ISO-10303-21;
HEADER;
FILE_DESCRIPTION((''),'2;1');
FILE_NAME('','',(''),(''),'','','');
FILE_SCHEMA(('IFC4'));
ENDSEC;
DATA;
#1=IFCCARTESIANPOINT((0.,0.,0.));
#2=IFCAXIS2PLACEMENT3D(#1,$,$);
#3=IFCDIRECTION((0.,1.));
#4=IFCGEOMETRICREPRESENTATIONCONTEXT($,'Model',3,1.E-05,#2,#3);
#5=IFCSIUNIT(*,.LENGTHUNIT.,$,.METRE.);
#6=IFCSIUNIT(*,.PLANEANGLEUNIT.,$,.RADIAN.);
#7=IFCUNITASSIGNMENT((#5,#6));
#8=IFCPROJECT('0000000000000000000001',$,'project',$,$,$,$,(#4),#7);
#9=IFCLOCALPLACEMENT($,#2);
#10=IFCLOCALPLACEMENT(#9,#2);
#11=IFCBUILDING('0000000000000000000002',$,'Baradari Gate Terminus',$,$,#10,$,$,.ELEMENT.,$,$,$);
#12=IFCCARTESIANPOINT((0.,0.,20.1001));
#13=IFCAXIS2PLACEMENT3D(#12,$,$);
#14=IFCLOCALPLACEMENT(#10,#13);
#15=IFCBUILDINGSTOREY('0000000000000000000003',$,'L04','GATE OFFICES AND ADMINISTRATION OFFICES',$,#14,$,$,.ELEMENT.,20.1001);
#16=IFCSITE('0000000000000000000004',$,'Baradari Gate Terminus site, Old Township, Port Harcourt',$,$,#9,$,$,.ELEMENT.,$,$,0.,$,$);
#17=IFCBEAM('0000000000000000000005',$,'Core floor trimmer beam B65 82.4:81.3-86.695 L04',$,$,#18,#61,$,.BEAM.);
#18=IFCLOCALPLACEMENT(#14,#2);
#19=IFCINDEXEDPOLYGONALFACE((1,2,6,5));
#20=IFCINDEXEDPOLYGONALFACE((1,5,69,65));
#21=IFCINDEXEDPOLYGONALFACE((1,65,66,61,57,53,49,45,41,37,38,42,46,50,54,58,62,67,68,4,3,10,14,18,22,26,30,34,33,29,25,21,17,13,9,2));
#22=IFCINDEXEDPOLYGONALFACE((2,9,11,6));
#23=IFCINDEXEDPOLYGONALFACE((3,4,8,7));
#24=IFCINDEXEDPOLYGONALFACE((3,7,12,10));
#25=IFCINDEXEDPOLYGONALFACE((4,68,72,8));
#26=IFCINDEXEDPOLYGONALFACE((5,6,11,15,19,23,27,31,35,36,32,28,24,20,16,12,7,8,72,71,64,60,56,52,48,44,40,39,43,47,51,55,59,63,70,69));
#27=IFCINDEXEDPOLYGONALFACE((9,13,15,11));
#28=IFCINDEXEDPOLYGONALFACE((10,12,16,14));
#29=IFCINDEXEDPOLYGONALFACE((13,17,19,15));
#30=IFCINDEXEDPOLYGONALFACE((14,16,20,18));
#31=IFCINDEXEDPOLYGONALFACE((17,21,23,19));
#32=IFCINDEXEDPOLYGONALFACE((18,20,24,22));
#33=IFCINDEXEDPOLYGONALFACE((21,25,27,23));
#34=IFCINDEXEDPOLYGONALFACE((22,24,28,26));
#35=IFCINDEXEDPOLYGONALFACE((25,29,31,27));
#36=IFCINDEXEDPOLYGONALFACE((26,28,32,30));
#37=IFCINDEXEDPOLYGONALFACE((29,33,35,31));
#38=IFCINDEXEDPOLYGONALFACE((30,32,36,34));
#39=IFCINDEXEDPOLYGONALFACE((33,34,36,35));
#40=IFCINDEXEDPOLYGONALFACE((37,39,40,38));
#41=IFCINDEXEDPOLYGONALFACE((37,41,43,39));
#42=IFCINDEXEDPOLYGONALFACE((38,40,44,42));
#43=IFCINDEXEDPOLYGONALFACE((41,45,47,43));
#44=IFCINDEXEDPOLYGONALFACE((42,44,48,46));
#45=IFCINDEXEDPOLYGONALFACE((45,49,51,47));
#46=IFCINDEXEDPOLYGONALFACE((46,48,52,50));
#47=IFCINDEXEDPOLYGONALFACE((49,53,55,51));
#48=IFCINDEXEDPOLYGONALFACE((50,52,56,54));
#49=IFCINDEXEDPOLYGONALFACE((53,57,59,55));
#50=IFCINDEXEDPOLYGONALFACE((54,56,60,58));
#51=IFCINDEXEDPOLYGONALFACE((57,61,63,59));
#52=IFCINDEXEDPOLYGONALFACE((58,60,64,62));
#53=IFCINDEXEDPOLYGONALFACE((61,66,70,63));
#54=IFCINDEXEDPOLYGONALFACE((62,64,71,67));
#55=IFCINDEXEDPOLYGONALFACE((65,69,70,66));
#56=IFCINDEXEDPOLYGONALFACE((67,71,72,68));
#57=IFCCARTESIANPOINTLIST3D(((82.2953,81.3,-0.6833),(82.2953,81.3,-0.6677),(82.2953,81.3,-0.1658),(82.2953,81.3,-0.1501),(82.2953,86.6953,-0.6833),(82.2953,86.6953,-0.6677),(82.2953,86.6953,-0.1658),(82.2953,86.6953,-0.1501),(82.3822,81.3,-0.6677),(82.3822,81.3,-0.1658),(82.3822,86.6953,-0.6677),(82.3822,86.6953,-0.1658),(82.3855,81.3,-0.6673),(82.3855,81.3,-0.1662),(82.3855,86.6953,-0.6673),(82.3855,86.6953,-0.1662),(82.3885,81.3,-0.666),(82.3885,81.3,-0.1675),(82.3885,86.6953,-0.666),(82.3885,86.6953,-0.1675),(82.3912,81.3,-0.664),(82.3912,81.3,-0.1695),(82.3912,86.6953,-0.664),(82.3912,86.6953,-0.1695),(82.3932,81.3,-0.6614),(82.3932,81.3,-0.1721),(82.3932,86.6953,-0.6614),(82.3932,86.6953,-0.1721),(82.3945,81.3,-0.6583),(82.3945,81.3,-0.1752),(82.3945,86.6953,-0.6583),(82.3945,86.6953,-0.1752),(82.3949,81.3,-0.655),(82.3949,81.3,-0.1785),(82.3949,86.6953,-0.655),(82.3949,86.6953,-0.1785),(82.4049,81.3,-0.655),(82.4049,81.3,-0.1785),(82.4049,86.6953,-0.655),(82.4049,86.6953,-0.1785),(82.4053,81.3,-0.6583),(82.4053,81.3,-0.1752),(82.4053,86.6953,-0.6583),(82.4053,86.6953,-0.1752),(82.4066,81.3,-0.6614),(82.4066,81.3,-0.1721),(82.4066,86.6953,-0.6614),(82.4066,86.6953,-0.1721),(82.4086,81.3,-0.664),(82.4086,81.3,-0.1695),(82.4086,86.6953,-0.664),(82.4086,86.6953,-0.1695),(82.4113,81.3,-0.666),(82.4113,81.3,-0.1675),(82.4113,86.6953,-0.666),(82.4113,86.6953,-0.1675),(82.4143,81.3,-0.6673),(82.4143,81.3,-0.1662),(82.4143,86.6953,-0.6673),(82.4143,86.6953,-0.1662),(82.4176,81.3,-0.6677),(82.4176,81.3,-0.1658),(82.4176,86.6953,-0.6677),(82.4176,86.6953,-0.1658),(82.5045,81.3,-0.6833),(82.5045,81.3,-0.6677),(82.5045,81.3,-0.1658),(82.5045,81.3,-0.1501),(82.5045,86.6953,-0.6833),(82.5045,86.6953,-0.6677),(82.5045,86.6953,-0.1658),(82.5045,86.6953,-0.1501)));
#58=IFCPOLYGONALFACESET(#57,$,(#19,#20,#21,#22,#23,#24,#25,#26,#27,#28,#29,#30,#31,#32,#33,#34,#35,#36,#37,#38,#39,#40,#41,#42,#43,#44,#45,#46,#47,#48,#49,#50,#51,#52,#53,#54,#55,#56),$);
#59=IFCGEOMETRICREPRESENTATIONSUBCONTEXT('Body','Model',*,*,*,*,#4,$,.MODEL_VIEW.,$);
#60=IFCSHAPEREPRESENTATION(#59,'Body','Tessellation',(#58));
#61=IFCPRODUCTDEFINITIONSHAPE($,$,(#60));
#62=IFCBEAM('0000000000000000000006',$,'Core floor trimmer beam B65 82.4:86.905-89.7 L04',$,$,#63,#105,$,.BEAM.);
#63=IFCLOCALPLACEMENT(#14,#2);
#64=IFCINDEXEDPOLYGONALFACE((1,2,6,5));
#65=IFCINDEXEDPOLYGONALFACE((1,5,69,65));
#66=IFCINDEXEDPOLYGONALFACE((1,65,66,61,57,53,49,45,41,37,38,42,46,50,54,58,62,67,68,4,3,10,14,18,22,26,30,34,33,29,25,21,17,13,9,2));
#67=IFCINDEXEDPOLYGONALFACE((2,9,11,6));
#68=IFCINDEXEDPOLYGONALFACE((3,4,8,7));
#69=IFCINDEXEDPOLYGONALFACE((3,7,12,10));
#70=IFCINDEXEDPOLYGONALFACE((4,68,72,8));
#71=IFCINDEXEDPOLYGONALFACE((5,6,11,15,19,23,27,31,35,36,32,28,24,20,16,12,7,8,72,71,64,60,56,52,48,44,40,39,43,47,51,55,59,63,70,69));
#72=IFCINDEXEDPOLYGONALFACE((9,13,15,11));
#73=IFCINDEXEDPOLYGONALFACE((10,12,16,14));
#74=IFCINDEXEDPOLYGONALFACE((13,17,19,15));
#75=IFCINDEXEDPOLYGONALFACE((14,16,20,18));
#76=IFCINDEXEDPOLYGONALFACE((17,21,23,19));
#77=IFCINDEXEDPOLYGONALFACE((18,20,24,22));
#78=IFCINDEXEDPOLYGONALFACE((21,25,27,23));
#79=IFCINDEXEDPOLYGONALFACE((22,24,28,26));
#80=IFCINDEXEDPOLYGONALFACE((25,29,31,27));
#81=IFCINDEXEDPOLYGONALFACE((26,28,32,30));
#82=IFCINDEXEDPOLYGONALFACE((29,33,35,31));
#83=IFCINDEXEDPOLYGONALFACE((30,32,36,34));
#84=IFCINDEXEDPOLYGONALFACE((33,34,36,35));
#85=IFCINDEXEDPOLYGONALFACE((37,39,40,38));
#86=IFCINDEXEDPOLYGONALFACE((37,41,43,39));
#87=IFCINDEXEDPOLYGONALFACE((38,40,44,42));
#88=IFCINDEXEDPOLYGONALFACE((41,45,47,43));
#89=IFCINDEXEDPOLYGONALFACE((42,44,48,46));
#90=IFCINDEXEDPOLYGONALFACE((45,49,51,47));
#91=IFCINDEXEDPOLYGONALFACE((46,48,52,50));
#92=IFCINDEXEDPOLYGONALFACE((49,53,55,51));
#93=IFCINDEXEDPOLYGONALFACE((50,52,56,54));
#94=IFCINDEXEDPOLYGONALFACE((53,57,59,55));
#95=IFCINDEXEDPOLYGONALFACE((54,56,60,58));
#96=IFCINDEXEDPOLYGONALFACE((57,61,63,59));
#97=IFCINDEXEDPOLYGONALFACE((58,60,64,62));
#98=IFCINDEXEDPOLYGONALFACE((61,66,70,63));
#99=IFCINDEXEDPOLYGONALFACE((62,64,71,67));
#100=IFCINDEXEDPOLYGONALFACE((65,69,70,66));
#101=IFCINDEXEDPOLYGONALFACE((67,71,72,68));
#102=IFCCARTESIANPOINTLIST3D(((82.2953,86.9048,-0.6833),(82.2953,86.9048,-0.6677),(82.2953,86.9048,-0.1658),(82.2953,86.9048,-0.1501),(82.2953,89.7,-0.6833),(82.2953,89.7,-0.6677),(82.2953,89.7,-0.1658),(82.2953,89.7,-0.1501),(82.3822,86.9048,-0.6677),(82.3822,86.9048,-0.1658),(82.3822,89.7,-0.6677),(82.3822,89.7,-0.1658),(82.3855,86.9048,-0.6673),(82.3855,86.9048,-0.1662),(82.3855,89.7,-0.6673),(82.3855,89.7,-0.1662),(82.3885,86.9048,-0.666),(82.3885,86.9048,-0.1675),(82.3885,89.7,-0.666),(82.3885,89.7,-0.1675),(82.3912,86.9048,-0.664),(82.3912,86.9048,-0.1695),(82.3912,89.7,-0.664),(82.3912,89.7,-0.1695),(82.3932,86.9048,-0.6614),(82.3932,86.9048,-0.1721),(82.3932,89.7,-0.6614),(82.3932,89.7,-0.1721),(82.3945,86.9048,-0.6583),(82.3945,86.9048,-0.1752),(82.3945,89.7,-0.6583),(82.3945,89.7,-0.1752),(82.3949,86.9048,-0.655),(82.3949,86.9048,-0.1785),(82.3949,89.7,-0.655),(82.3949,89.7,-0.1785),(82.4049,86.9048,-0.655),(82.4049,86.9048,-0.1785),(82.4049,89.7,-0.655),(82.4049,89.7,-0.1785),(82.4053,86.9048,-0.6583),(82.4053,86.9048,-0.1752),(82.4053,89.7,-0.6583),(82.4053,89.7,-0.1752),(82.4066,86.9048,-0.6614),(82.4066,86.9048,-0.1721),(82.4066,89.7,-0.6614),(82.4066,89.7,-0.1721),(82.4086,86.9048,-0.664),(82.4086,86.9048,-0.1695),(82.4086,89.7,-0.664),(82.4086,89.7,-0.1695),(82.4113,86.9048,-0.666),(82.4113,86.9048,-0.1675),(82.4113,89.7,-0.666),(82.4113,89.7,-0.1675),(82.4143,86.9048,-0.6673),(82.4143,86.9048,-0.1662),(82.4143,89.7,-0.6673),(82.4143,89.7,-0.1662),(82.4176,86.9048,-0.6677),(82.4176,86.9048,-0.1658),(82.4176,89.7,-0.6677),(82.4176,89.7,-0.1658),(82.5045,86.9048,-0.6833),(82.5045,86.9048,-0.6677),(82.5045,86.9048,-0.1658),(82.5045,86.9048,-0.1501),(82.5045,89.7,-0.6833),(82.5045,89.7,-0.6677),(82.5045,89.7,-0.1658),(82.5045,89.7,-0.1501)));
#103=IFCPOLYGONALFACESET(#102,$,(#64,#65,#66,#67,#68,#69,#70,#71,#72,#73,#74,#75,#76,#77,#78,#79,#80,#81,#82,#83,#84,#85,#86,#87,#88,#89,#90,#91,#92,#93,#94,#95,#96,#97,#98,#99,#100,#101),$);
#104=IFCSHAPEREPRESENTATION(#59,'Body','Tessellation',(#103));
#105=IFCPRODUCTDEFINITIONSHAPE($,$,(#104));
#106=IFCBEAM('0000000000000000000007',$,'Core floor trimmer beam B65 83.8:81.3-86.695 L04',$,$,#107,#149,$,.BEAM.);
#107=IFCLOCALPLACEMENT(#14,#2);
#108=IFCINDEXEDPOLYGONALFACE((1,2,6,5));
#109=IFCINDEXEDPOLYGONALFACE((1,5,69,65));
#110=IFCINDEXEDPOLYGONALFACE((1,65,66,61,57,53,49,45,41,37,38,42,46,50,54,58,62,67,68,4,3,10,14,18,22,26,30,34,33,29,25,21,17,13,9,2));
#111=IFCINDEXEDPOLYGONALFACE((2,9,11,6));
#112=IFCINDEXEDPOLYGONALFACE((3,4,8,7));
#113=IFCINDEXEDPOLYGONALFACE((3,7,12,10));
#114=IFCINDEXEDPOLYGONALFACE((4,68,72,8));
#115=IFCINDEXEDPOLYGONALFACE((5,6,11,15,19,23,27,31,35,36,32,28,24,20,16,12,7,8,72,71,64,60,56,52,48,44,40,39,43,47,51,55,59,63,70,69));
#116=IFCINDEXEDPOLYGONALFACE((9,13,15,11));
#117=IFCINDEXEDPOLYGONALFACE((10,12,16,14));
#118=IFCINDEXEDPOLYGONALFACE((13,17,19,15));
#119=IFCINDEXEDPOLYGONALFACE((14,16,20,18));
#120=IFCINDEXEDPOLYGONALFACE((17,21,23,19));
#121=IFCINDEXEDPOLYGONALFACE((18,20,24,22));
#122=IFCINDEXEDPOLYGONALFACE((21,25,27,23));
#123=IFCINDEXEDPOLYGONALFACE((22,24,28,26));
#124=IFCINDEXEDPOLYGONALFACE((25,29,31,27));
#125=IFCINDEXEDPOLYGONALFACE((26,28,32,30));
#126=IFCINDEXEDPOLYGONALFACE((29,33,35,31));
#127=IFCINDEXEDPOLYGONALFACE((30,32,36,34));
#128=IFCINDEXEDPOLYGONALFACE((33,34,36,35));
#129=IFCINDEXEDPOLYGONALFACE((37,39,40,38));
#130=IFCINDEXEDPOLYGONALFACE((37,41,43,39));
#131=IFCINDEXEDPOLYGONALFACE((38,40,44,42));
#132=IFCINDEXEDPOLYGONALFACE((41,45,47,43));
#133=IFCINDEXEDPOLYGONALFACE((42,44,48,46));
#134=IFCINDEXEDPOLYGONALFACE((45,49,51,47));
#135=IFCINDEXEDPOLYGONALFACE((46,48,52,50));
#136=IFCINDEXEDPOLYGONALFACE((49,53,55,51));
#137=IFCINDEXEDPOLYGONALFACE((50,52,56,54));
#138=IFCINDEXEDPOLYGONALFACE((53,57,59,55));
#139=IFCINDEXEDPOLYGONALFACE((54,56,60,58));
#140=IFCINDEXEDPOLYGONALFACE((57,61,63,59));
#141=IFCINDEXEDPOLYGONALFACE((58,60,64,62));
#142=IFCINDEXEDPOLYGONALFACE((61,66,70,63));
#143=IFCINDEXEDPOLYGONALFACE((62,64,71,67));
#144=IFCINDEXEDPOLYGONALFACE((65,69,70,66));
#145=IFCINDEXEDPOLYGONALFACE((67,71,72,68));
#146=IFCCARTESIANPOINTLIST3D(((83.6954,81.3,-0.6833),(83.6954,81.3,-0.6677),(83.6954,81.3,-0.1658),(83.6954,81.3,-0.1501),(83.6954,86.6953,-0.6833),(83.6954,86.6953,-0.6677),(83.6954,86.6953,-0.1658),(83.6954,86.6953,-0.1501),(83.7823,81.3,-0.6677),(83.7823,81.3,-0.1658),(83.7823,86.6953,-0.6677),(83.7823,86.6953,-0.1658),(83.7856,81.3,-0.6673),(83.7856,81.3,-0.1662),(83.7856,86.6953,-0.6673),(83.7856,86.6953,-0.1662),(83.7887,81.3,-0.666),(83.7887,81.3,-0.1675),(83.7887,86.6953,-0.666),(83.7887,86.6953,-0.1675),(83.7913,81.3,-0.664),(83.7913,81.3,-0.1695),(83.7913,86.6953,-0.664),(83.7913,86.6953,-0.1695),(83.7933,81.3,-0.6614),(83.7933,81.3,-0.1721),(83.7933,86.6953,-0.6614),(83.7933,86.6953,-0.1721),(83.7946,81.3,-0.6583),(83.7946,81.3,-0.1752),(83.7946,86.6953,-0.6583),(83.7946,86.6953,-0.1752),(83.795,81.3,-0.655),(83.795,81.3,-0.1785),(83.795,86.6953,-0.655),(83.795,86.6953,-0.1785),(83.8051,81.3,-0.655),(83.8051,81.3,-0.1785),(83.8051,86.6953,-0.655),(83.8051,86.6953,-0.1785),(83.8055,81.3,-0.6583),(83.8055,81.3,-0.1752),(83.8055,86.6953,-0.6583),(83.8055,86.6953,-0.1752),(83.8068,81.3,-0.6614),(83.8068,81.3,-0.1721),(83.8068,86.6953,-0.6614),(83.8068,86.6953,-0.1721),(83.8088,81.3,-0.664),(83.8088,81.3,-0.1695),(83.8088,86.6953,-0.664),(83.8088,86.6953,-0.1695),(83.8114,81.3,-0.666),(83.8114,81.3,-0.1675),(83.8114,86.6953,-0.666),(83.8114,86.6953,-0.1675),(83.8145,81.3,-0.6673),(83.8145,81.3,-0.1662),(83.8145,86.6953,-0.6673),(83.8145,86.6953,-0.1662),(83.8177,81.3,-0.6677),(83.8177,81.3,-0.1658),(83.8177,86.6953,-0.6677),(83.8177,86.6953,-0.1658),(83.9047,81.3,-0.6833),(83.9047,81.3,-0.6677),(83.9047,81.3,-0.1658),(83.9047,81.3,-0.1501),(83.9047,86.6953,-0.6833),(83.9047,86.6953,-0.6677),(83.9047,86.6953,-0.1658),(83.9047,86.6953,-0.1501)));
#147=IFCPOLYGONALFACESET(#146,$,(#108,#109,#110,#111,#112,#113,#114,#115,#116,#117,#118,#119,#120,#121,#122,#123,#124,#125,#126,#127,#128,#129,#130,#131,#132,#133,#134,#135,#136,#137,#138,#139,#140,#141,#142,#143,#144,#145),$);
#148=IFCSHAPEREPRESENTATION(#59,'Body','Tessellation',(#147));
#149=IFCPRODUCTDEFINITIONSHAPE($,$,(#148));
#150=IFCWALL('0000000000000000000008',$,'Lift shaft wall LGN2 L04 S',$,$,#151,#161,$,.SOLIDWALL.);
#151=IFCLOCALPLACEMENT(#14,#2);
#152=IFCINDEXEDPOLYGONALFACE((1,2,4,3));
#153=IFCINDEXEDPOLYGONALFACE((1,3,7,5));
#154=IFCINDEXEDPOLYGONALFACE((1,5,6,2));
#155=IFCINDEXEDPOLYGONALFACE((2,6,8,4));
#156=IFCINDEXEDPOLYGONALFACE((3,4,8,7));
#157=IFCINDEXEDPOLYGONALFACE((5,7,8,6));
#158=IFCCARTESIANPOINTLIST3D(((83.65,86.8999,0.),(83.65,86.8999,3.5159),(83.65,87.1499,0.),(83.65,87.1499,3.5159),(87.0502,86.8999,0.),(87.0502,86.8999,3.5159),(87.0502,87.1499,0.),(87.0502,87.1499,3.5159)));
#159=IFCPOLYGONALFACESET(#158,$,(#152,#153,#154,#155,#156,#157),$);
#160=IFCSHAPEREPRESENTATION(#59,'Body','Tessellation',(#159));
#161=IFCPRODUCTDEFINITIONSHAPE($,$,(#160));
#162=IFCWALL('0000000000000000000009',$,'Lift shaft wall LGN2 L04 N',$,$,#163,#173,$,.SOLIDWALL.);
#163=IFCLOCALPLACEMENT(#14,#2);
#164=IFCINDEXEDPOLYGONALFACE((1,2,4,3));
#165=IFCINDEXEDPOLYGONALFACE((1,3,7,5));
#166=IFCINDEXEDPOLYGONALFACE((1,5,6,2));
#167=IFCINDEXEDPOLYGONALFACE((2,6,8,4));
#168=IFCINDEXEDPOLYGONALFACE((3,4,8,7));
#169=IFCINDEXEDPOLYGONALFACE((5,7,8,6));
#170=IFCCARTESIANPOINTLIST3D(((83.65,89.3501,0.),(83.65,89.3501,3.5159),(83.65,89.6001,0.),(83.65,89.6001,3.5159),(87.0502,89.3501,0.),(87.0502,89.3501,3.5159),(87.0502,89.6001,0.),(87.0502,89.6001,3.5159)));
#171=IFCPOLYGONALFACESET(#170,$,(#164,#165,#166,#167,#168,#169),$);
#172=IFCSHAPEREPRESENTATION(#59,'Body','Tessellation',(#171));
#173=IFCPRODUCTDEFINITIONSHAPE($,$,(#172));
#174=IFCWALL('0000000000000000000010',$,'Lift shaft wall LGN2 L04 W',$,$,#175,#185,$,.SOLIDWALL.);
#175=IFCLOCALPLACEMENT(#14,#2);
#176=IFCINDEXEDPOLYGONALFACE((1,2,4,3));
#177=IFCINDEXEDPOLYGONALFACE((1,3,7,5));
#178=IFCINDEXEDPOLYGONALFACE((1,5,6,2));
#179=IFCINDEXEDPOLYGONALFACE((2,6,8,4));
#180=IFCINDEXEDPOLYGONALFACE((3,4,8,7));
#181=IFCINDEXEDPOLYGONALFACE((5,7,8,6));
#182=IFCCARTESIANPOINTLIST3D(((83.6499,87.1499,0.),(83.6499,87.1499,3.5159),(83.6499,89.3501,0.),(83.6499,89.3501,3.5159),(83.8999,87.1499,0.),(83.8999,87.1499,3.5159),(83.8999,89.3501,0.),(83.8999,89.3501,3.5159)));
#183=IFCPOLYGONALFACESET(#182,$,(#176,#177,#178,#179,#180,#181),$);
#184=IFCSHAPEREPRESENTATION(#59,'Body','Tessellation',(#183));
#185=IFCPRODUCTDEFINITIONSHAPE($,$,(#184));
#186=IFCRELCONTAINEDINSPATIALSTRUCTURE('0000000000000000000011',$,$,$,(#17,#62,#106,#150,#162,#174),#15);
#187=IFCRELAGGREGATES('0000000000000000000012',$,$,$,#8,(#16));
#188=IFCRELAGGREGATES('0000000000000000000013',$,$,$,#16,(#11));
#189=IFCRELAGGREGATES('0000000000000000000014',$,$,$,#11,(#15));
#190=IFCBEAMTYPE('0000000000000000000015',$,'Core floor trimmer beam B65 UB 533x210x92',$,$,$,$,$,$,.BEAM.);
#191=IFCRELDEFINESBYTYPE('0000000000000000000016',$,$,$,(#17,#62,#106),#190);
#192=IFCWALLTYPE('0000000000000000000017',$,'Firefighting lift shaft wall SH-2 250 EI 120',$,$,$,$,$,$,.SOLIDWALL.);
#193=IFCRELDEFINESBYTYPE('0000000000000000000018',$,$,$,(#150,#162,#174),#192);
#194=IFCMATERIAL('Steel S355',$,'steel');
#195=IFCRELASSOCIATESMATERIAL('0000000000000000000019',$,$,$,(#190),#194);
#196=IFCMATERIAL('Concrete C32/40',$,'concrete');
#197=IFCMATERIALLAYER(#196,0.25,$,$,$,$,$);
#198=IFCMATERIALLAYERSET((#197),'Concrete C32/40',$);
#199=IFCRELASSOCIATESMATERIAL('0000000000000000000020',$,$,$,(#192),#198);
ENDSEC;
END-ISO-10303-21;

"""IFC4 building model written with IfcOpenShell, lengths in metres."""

from ifc_helpers import new_model, si_unit, direction, frame, frame_2d, origin, origin_2d, place, context, subcontext, project, spatial, rectangle, i_section, extrude, material, layer, layer_set, material_profile, profile_set, type_object, element, save


model = new_model("IFC4")

# Units and contexts
model_context = context("Model", 3, precision=1e-05, world=origin(), true_north=direction((0.0, 1.0)))
body_context = subcontext(model_context, "Body", "Model", "MODEL_VIEW")
ifc_project = project(units=[si_unit("LENGTHUNIT", "METRE"), si_unit("PLANEANGLEUNIT", "RADIAN")], contexts=[model_context])

# Site, building, storey
site_placement = place(None, origin())
site = spatial("IfcSite", under=ifc_project, at=site_placement, Name="Baradari Gate Terminus site, Old Township, Port Harcourt", CompositionType="ELEMENT", RefElevation=0.0)
building_placement = place(site_placement, origin())
building = spatial("IfcBuilding", under=site, at=building_placement, Name="Baradari Gate Terminus", CompositionType="ELEMENT")
storey_placement = place(building_placement, frame((0.0, 0.0, 20.1001)))
storey = spatial("IfcBuildingStorey", under=building, at=storey_placement, Name="L04", Description="GATE OFFICES AND ADMINISTRATION OFFICES", CompositionType="ELEMENT", Elevation=20.1001)

# Beams
ifc_material_1 = material(Name="Steel S355", Category="steel")
ifc_material_profile_1 = material_profile(ifc_material_1, i_section(OverallWidth=0.2092, OverallDepth=0.5332, WebThickness=0.01, FlangeThickness=0.0156, FilletRadius=0.0127, at=origin_2d()), Name="UB 533x210x92")
ifc_profile_set_1 = profile_set([ifc_material_profile_1], Name="Steel S355")
beam_type_1 = type_object("IfcBeamType", Name="Core floor trimmer beam B65 UB 533x210x92", PredefinedType="BEAM", material=ifc_profile_set_1)
beam_1_placement = place(storey_placement, frame((82.3999, 81.3, -0.4167), z_axis=(0.0, 1.0, 0.0), x_axis=(-1.0, 0.0, 0.0)))
element("IfcBeam", 1, at=beam_1_placement, inside=storey, type_object=beam_type_1, Name="Core floor trimmer beam B65 82.4:81.3-86.695 L04", PredefinedType="BEAM", context=body_context, shape_type="SweptSolid", body=[
    extrude(i_section(OverallWidth=0.2092, OverallDepth=0.5332, WebThickness=0.01, FlangeThickness=0.0156, FilletRadius=0.0127, at=origin_2d()), origin(), (0.0, 0.0, 1.0), 5.3953),
])
beam_2_placement = place(storey_placement, frame((82.3999, 86.9048, -0.4167), z_axis=(0.0, 1.0, 0.0), x_axis=(-1.0, 0.0, 0.0)))
element("IfcBeam", 2, at=beam_2_placement, inside=storey, type_object=beam_type_1, Name="Core floor trimmer beam B65 82.4:86.905-89.7 L04", PredefinedType="BEAM", context=body_context, shape_type="SweptSolid", body=[
    extrude(i_section(OverallWidth=0.2092, OverallDepth=0.5332, WebThickness=0.01, FlangeThickness=0.0156, FilletRadius=0.0127, at=origin_2d()), origin(), (0.0, 0.0, 1.0), 2.7952),
])
beam_3_placement = place(storey_placement, frame((83.8, 81.3, -0.4167), z_axis=(0.0, 1.0, 0.0), x_axis=(-1.0, 0.0, 0.0)))
element("IfcBeam", 3, at=beam_3_placement, inside=storey, type_object=beam_type_1, Name="Core floor trimmer beam B65 83.8:81.3-86.695 L04", PredefinedType="BEAM", context=body_context, shape_type="SweptSolid", body=[
    extrude(i_section(OverallWidth=0.2092, OverallDepth=0.5332, WebThickness=0.01, FlangeThickness=0.0156, FilletRadius=0.0127, at=origin_2d()), origin(), (0.0, 0.0, 1.0), 5.3953),
])

# Walls
ifc_material_2 = material(Name="Concrete C32/40", Category="concrete")
ifc_layer_1 = layer(ifc_material_2, 0.25)
ifc_layer_set_1 = layer_set([ifc_layer_1], Name="Concrete C32/40")
wall_type_1 = type_object("IfcWallType", Name="Firefighting lift shaft wall SH-2 250 EI 120", PredefinedType="SOLIDWALL", material=ifc_layer_set_1)
for number, where, z_axis, x_axis, name in (
    (4, (83.6499, 87.0249, 0.0), (0.0, 0.0, 1.0), (1.0, 0.0, 0.0), "Lift shaft wall LGN2 L04 S"),
    (5, (83.6499, 89.4751, 0.0), (0.0, 0.0, 1.0), (1.0, 0.0, 0.0), "Lift shaft wall LGN2 L04 N"),
):
    element("IfcWall", number, at=place(storey_placement, frame(where, z_axis=z_axis, x_axis=x_axis)), inside=storey, type_object=wall_type_1, Name=name, PredefinedType="SOLIDWALL", context=body_context, shape_type="SweptSolid", body=[
        extrude(rectangle(XDim=3.4001, YDim=0.25, at=frame_2d((1.7002, 0.0))), origin(), (0.0, 0.0, 1.0), 3.5159),
    ])
wall_1_placement = place(storey_placement, frame((83.7749, 87.1499, 0.0), z_axis=(0.0, 0.0, 1.0), x_axis=(0.0, 1.0, 0.0)))
element("IfcWall", 6, at=wall_1_placement, inside=storey, type_object=wall_type_1, Name="Lift shaft wall LGN2 L04 W", PredefinedType="SOLIDWALL", context=body_context, shape_type="SweptSolid", body=[
    extrude(rectangle(XDim=2.2002, YDim=0.25, at=frame_2d((1.1001, 0.0))), origin(), (0.0, 0.0, 1.0), 3.5159),
])

save(model, "model.ifc")
